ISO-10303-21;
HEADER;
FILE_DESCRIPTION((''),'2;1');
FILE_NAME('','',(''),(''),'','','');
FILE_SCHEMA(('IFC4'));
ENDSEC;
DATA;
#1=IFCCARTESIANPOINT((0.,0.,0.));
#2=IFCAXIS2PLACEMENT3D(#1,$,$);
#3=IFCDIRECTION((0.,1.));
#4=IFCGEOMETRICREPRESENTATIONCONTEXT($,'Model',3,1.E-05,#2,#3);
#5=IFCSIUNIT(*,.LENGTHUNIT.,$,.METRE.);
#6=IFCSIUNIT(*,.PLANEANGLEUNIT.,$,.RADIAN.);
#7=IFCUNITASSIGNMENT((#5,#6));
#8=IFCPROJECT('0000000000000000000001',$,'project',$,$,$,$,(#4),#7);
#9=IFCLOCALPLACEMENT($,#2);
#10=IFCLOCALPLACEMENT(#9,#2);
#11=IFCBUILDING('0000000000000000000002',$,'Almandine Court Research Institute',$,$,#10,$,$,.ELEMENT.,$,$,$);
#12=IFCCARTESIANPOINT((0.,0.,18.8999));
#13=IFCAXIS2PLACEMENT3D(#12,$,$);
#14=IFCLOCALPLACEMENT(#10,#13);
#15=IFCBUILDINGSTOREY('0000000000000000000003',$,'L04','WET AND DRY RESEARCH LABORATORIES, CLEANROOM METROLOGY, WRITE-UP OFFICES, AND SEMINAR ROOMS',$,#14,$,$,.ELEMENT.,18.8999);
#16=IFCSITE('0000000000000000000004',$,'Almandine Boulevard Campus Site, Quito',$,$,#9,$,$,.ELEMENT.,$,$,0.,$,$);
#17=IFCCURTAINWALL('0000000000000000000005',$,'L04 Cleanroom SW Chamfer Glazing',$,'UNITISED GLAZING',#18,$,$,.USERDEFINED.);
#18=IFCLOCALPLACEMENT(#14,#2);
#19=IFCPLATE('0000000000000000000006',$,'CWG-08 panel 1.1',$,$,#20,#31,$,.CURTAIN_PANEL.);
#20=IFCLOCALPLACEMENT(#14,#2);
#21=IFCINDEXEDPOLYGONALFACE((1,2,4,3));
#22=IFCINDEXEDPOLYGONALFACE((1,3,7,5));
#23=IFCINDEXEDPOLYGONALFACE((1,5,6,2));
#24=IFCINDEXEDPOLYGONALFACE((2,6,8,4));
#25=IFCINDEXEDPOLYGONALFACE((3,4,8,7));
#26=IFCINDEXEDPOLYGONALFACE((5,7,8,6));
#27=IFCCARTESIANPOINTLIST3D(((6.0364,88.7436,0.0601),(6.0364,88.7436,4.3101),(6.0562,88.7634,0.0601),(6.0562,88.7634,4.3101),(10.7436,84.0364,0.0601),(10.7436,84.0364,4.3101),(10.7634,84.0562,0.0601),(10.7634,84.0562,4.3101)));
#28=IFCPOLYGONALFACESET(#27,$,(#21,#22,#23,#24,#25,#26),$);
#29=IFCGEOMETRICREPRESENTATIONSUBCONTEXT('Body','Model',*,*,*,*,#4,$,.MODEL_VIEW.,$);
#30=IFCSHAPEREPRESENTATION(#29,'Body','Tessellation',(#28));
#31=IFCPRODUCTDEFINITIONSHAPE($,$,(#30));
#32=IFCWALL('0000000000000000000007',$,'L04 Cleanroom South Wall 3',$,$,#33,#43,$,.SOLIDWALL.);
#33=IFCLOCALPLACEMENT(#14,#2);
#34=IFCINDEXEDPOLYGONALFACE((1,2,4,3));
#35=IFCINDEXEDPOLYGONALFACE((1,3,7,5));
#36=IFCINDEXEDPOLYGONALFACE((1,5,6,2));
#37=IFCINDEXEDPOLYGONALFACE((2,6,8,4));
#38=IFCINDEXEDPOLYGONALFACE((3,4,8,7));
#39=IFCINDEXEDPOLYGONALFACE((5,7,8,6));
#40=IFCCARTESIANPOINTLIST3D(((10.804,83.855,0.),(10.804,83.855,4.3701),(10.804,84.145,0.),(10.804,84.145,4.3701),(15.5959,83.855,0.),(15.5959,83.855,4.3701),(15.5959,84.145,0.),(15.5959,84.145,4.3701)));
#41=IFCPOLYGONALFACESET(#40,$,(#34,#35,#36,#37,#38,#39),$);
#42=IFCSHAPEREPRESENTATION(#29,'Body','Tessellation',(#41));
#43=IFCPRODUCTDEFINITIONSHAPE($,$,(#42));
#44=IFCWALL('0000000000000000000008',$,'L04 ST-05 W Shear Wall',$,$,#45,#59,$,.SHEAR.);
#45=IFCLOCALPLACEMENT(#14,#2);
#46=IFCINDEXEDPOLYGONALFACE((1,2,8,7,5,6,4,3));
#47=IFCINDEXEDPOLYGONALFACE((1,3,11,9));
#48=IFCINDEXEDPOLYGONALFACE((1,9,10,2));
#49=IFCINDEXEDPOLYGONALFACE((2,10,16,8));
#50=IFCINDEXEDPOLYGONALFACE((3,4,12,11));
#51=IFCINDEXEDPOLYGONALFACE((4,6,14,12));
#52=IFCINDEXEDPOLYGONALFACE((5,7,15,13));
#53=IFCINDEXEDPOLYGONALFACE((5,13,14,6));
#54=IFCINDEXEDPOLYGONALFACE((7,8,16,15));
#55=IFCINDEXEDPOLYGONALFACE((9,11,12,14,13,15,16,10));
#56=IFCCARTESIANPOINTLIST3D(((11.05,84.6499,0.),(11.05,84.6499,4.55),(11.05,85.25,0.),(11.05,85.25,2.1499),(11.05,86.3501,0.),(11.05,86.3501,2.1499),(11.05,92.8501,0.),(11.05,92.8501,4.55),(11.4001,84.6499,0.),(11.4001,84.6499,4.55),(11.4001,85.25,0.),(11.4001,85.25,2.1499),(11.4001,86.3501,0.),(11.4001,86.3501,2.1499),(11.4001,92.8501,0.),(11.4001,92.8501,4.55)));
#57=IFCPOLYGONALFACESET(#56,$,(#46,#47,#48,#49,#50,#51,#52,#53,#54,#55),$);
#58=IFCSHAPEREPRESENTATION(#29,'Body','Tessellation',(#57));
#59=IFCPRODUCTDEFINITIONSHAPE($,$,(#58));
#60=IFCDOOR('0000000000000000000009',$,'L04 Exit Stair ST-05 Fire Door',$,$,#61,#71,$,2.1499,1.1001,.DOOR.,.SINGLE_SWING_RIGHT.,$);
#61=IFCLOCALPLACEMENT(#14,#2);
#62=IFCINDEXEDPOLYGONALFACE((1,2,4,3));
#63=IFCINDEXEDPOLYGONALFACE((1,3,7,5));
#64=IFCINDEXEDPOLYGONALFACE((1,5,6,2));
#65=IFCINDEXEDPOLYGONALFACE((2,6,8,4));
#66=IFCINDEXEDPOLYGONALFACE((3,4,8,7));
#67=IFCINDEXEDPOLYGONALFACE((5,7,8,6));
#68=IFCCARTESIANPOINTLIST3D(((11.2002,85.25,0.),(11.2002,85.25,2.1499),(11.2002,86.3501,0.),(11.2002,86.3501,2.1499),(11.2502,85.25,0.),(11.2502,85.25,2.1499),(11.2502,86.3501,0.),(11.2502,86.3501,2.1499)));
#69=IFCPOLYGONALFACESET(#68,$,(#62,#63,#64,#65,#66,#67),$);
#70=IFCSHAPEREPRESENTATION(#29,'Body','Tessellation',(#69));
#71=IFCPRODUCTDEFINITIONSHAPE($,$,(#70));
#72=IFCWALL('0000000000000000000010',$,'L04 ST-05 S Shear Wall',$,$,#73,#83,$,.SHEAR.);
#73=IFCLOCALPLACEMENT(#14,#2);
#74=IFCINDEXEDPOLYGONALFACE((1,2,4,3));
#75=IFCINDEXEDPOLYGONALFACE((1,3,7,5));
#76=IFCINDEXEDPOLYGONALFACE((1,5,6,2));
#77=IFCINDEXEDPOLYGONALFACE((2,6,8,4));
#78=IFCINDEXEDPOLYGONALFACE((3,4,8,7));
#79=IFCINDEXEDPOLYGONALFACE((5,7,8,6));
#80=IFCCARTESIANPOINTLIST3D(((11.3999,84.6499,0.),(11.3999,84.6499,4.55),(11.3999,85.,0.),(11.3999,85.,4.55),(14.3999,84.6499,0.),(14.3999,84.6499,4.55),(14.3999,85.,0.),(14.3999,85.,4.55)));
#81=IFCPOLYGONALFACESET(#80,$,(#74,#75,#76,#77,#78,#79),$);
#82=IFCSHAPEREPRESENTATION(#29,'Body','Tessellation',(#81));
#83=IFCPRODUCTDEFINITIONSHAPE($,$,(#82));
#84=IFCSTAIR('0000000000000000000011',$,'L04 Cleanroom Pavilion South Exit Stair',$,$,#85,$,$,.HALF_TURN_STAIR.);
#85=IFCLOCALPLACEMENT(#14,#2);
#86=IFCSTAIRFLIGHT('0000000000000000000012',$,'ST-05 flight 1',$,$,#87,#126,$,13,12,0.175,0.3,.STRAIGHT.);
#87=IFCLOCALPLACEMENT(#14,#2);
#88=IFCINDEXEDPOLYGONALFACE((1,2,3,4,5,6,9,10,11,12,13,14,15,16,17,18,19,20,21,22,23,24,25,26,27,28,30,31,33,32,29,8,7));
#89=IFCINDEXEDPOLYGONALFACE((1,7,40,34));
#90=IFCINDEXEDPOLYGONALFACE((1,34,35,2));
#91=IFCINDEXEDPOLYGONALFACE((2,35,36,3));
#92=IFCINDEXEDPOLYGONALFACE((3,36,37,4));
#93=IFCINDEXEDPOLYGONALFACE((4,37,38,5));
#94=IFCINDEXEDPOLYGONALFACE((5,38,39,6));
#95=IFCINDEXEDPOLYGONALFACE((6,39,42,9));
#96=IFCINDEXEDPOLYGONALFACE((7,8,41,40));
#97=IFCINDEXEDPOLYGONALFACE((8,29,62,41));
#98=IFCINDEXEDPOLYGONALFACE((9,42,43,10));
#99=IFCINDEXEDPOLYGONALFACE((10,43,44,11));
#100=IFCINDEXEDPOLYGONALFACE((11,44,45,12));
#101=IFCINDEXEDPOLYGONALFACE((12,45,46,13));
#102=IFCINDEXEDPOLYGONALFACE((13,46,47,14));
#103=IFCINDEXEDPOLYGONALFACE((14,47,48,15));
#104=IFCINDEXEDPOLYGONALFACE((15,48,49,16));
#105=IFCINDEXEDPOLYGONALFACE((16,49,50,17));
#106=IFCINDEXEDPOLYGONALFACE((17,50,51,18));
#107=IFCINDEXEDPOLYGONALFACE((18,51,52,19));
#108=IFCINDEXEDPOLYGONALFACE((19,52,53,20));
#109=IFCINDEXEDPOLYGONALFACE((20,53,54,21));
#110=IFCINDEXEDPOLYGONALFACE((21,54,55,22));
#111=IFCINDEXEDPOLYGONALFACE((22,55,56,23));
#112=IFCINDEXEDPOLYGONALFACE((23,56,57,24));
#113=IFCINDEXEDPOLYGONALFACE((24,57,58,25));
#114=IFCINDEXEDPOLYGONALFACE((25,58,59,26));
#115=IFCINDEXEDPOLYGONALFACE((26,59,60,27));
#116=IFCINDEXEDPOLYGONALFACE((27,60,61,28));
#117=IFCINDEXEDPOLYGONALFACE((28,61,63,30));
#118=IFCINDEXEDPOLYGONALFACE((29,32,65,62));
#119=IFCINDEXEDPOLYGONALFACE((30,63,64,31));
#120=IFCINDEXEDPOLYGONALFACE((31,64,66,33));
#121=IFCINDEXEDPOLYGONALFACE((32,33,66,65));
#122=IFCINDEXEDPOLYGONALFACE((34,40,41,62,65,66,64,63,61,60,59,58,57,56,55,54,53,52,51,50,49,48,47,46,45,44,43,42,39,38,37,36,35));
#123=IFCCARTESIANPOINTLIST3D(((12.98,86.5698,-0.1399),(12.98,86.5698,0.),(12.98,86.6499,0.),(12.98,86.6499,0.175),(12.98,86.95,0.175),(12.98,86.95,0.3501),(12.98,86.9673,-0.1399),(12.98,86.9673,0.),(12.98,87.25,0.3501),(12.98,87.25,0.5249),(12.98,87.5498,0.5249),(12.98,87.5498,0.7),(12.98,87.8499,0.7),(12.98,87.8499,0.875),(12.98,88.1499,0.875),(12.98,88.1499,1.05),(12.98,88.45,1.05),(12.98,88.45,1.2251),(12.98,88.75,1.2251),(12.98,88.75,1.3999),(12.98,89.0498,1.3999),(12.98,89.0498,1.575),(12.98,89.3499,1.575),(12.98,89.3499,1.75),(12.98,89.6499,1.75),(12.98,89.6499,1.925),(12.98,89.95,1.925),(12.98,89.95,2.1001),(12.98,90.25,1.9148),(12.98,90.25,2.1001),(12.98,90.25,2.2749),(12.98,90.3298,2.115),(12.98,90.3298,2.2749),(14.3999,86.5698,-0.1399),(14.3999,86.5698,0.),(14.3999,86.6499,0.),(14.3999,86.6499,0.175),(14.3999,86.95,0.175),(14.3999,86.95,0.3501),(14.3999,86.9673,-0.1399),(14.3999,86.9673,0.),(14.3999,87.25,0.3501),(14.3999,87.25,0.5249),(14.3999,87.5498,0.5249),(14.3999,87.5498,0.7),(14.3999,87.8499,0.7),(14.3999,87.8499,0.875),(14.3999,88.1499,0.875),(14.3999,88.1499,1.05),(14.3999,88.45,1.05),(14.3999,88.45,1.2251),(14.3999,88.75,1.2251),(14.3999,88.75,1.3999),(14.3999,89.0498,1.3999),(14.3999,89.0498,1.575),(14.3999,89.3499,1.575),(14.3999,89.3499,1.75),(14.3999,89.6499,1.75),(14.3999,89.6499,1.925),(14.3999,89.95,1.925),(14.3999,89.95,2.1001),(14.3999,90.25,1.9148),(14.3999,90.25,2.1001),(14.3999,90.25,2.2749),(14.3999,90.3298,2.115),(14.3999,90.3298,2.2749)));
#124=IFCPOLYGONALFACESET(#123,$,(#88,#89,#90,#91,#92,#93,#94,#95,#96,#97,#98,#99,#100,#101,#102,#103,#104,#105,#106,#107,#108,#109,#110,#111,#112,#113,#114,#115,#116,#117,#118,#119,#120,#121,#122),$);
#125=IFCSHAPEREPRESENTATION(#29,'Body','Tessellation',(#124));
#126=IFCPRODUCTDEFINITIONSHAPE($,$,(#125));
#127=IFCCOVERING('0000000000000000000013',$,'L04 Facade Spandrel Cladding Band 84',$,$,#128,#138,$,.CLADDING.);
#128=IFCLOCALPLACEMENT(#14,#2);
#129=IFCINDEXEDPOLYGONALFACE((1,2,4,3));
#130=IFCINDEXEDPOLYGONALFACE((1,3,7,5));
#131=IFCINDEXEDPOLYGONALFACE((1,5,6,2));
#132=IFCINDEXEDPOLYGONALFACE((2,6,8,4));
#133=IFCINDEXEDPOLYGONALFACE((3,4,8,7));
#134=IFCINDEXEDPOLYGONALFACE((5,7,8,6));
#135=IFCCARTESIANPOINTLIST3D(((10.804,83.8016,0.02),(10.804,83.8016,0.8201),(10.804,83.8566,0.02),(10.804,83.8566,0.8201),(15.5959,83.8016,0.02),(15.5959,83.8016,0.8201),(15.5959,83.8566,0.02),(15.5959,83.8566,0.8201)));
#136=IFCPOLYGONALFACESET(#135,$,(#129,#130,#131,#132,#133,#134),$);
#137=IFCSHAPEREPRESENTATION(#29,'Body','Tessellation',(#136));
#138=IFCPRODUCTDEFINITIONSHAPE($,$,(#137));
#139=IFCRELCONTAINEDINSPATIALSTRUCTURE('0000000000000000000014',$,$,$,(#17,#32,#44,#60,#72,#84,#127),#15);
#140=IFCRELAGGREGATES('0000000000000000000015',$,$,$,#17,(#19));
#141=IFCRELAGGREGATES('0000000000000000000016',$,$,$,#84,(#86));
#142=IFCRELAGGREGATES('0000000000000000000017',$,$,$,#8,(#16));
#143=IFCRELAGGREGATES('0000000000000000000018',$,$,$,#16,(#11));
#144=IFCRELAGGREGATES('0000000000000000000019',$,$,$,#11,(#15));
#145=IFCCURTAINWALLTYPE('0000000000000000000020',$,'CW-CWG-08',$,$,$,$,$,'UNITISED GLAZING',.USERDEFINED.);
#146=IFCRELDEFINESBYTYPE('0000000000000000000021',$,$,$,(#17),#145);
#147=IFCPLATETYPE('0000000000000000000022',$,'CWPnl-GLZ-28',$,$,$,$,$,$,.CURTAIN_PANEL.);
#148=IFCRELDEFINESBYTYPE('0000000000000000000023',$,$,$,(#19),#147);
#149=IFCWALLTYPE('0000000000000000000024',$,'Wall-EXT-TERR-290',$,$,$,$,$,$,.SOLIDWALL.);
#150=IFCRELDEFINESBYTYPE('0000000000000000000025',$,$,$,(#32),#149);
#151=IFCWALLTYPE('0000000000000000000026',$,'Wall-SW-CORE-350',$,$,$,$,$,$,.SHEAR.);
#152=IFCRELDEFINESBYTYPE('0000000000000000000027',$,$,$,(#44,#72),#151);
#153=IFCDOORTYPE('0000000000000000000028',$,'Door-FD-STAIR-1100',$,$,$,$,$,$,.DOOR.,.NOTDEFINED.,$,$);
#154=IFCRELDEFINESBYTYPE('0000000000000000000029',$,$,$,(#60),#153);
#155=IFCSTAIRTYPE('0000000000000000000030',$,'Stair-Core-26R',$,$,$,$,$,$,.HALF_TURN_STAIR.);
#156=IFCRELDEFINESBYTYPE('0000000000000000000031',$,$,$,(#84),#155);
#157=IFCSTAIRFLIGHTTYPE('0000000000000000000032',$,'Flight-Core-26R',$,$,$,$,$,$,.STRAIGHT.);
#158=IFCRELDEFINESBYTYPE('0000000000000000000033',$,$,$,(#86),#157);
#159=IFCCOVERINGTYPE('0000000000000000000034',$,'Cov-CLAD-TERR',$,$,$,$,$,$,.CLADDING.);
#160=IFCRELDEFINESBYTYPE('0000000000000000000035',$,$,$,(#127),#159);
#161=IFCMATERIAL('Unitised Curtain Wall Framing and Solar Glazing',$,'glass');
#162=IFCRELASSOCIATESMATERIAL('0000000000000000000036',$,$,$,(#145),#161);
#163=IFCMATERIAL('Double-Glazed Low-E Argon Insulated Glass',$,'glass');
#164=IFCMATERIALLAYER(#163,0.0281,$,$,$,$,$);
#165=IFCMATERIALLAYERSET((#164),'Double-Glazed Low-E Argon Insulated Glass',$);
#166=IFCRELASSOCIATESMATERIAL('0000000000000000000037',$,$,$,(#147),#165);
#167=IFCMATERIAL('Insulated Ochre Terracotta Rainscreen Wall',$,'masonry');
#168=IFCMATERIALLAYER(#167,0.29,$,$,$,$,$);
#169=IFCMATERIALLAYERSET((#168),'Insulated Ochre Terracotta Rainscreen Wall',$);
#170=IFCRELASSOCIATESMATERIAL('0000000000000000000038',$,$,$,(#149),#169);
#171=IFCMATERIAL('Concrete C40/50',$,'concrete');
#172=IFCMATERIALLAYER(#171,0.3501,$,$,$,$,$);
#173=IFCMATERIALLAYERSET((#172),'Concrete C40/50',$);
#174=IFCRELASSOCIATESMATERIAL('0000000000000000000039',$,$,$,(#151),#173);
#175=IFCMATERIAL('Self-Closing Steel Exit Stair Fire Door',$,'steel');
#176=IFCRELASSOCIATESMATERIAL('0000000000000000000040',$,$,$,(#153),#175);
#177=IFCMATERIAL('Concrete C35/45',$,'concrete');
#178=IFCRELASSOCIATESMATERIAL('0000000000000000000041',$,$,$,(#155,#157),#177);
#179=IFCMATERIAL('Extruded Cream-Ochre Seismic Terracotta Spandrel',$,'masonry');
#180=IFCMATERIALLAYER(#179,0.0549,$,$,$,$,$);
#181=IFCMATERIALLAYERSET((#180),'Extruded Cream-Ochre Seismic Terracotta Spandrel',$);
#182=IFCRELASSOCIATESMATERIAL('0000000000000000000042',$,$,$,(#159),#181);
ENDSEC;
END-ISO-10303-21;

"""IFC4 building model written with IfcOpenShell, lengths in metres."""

from ifc_helpers import new_model, si_unit, direction, frame, frame_2d, origin, origin_2d, place, context, subcontext, project, spatial, polyline, rectangle, outline, extrude, material, layer, layer_set, type_object, element, fill, aggregate, save


model = new_model("IFC4")

# Units and contexts
model_context = context("Model", 3, precision=1e-05, world=origin(), true_north=direction((0.0, 1.0)))
body_context = subcontext(model_context, "Body", "Model", "MODEL_VIEW")
ifc_project = project(units=[si_unit("LENGTHUNIT", "METRE"), si_unit("PLANEANGLEUNIT", "RADIAN")], contexts=[model_context])

# Site, building, storey
site_placement = place(None, origin())
site = spatial("IfcSite", under=ifc_project, at=site_placement, Name="Almandine Boulevard Campus Site, Quito", CompositionType="ELEMENT", RefElevation=0.0)
building_placement = place(site_placement, origin())
building = spatial("IfcBuilding", under=site, at=building_placement, Name="Almandine Court Research Institute", CompositionType="ELEMENT")
storey_placement = place(building_placement, frame((0.0, 0.0, 18.8999)))
storey = spatial("IfcBuildingStorey", under=building, at=storey_placement, Name="L04", Description="WET AND DRY RESEARCH LABORATORIES, CLEANROOM METROLOGY, WRITE-UP OFFICES, AND SEMINAR ROOMS", CompositionType="ELEMENT", Elevation=18.8999)

# Curtain wall, plate
ifc_material_1 = material(Name="Unitised Curtain Wall Framing and Solar Glazing", Category="glass")
curtain_wall_type = type_object("IfcCurtainWallType", Name="CW-CWG-08", ElementType="UNITISED GLAZING", PredefinedType="USERDEFINED", material=ifc_material_1)
curtain_wall_placement = place(storey_placement, origin())
curtain_wall = element("IfcCurtainWall", 1, at=curtain_wall_placement, inside=storey, type_object=curtain_wall_type, Name="L04 Cleanroom SW Chamfer Glazing", ObjectType="UNITISED GLAZING", PredefinedType="USERDEFINED")
ifc_material_2 = material(Name="Double-Glazed Low-E Argon Insulated Glass", Category="glass")
ifc_layer_1 = layer(ifc_material_2, 0.0281)
ifc_layer_set_1 = layer_set([ifc_layer_1], Name="Double-Glazed Low-E Argon Insulated Glass")
plate_type = type_object("IfcPlateType", Name="CWPnl-GLZ-28", PredefinedType="CURTAIN_PANEL", material=ifc_layer_set_1)
plate_placement = place(storey_placement, frame((8.3999, 86.3999, 0.0601), z_axis=(0.0, 0.0, 1.0), x_axis=(-0.707107, 0.707107, 0.0)))
plate = element("IfcPlate", 2, at=plate_placement, type_object=plate_type, Name="CWG-08 panel 1.1", PredefinedType="CURTAIN_PANEL", context=body_context, shape_type="SweptSolid", body=[
    extrude(rectangle(XDim=6.657, YDim=0.0281, at=origin_2d()), origin(), (0.0, 0.0, 1.0), 4.25),
])
aggregate(curtain_wall, [plate])

# Wall
ifc_material_3 = material(Name="Insulated Ochre Terracotta Rainscreen Wall", Category="masonry")
ifc_layer_2 = layer(ifc_material_3, 0.29)
ifc_layer_set_2 = layer_set([ifc_layer_2], Name="Insulated Ochre Terracotta Rainscreen Wall")
wall_type_1 = type_object("IfcWallType", Name="Wall-EXT-TERR-290", PredefinedType="SOLIDWALL", material=ifc_layer_set_2)
wall_1_placement = place(storey_placement, frame((15.5959, 84.0, 0.0), z_axis=(0.0, 0.0, 1.0), x_axis=(-1.0, 0.0, 0.0)))
element("IfcWall", 3, at=wall_1_placement, inside=storey, type_object=wall_type_1, Name="L04 Cleanroom South Wall 3", PredefinedType="SOLIDWALL", context=body_context, shape_type="SweptSolid", body=[
    extrude(rectangle(XDim=4.792, YDim=0.29, at=frame_2d((2.396, 0.0))), origin(), (0.0, 0.0, 1.0), 4.3701),
])

# Wall, opening, door
ifc_material_4 = material(Name="Concrete C40/50", Category="concrete")
ifc_layer_3 = layer(ifc_material_4, 0.3501)
ifc_layer_set_3 = layer_set([ifc_layer_3], Name="Concrete C40/50")
wall_type_2 = type_object("IfcWallType", Name="Wall-SW-CORE-350", PredefinedType="SHEAR", material=ifc_layer_set_3)
wall_2_placement = place(storey_placement, frame((11.2251, 84.6499, 0.0), z_axis=(0.0, 0.0, 1.0), x_axis=(0.0, 1.0, 0.0)))
wall_2 = element("IfcWall", 4, at=wall_2_placement, inside=storey, type_object=wall_type_2, Name="L04 ST-05 W Shear Wall", PredefinedType="SHEAR", context=body_context, shape_type="SweptSolid", body=[
    extrude(rectangle(XDim=8.2002, YDim=0.3501, at=frame_2d((4.1001, 0.0))), origin(), (0.0, 0.0, 1.0), 4.55),
])
opening_placement = place(wall_2_placement, frame((0.6001, 0.0, 0.0)))
opening = element("IfcOpeningElement", 5, at=opening_placement, cuts=wall_2, PredefinedType="OPENING", context=body_context, shape_type="SweptSolid", body=[
    extrude(rectangle(XDim=1.1001, YDim=2.1499, at=frame_2d((0.55, 1.075))), frame((0.0, 0.1851, 0.0), z_axis=(0.0, -1.0, 0.0), x_axis=(1.0, 0.0, 0.0)), (0.0, 0.0, 1.0), 0.3701),
])
ifc_material_5 = material(Name="Self-Closing Steel Exit Stair Fire Door", Category="steel")
door_type = type_object("IfcDoorType", Name="Door-FD-STAIR-1100", OperationType="NOTDEFINED", PredefinedType="DOOR", material=ifc_material_5)
door_placement = place(opening_placement, origin())
door = element("IfcDoor", 6, at=door_placement, inside=storey, type_object=door_type, Name="L04 Exit Stair ST-05 Fire Door", OperationType="SINGLE_SWING_RIGHT", OverallHeight=2.1499, OverallWidth=1.1001, PredefinedType="DOOR", context=body_context, shape_type="SweptSolid", body=[
    extrude(rectangle(XDim=1.1001, YDim=2.1499, at=frame_2d((0.55, 1.075))), frame((0.0, 0.0249, 0.0), z_axis=(0.0, -1.0, 0.0), x_axis=(1.0, 0.0, 0.0)), (0.0, 0.0, 1.0), 0.05),
])
fill(opening, door)

# Wall
wall_3_placement = place(storey_placement, frame((14.3999, 84.825, 0.0), z_axis=(0.0, 0.0, 1.0), x_axis=(-1.0, 0.0, 0.0)))
element("IfcWall", 7, at=wall_3_placement, inside=storey, type_object=wall_type_2, Name="L04 ST-05 S Shear Wall", PredefinedType="SHEAR", context=body_context, shape_type="SweptSolid", body=[
    extrude(rectangle(XDim=3.0, YDim=0.3501, at=frame_2d((1.5, 0.0))), origin(), (0.0, 0.0, 1.0), 4.55),
])

# Stair, stair flight
ifc_material_6 = material(Name="Concrete C35/45", Category="concrete")
stair_type = type_object("IfcStairType", Name="Stair-Core-26R", PredefinedType="HALF_TURN_STAIR", material=ifc_material_6)
stair_placement = place(storey_placement, origin())
stair = element("IfcStair", 8, at=stair_placement, inside=storey, type_object=stair_type, Name="L04 Cleanroom Pavilion South Exit Stair", PredefinedType="HALF_TURN_STAIR")
stair_flight_type = type_object("IfcStairFlightType", Name="Flight-Core-26R", PredefinedType="STRAIGHT", material=ifc_material_6)
stair_flight_placement = place(storey_placement, frame((13.6899, 86.6499, 0.0), z_axis=(0.0, 0.0, 1.0), x_axis=(0.0, 1.0, 0.0)))
stair_flight = element("IfcStairFlight", 9, at=stair_flight_placement, type_object=stair_flight_type, Name="ST-05 flight 1", NumberOfRisers=13, NumberOfTreads=12, PredefinedType="STRAIGHT", RiserHeight=0.175, TreadLength=0.3, context=body_context, shape_type="SweptSolid", body=[
    extrude(outline(polyline([(-0.0801, -0.1399), (-0.0801, 0.0), (0.0, 0.0), (0.0, 0.175), (0.3, 0.175), (0.3, 0.3501), (0.6001, 0.3501), (0.6001, 0.5249), (0.8999, 0.5249), (0.8999, 0.7), (1.2, 0.7), (1.2, 0.875), (1.5, 0.875), (1.5, 1.05), (1.8, 1.05), (1.8, 1.2251), (2.1001, 1.2251), (2.1001, 1.3999), (2.3999, 1.3999), (2.3999, 1.575), (2.7, 1.575), (2.7, 1.75), (3.0, 1.75), (3.0, 1.925), (3.3, 1.925), (3.3, 2.1001), (3.6001, 2.1001), (3.6001, 2.2749), (3.6799, 2.2749), (3.6799, 2.115), (3.6001, 1.9148), (0.3174, 0.0), (0.3174, -0.1399), (-0.0801, -0.1399)])), frame((0.0, 0.71, 0.0), z_axis=(0.0, -1.0, 0.0), x_axis=(1.0, 0.0, 0.0)), (0.0, 0.0, 1.0), 1.4199),
])
aggregate(stair, [stair_flight])

# Covering
ifc_material_7 = material(Name="Extruded Cream-Ochre Seismic Terracotta Spandrel", Category="masonry")
ifc_layer_4 = layer(ifc_material_7, 0.0549)
ifc_layer_set_4 = layer_set([ifc_layer_4], Name="Extruded Cream-Ochre Seismic Terracotta Spandrel")
covering_type = type_object("IfcCoveringType", Name="Cov-CLAD-TERR", PredefinedType="CLADDING", material=ifc_layer_set_4)
covering_placement = place(storey_placement, frame((13.2, 83.8291, 0.02), z_axis=(0.0, 0.0, 1.0), x_axis=(-1.0, 0.0, 0.0)))
element("IfcCovering", 10, at=covering_placement, inside=storey, type_object=covering_type, Name="L04 Facade Spandrel Cladding Band 84", PredefinedType="CLADDING", context=body_context, shape_type="SweptSolid", body=[
    extrude(rectangle(XDim=4.792, YDim=0.0549, at=origin_2d()), origin(), (0.0, 0.0, 1.0), 0.8),
])

save(model, "model.ifc")
